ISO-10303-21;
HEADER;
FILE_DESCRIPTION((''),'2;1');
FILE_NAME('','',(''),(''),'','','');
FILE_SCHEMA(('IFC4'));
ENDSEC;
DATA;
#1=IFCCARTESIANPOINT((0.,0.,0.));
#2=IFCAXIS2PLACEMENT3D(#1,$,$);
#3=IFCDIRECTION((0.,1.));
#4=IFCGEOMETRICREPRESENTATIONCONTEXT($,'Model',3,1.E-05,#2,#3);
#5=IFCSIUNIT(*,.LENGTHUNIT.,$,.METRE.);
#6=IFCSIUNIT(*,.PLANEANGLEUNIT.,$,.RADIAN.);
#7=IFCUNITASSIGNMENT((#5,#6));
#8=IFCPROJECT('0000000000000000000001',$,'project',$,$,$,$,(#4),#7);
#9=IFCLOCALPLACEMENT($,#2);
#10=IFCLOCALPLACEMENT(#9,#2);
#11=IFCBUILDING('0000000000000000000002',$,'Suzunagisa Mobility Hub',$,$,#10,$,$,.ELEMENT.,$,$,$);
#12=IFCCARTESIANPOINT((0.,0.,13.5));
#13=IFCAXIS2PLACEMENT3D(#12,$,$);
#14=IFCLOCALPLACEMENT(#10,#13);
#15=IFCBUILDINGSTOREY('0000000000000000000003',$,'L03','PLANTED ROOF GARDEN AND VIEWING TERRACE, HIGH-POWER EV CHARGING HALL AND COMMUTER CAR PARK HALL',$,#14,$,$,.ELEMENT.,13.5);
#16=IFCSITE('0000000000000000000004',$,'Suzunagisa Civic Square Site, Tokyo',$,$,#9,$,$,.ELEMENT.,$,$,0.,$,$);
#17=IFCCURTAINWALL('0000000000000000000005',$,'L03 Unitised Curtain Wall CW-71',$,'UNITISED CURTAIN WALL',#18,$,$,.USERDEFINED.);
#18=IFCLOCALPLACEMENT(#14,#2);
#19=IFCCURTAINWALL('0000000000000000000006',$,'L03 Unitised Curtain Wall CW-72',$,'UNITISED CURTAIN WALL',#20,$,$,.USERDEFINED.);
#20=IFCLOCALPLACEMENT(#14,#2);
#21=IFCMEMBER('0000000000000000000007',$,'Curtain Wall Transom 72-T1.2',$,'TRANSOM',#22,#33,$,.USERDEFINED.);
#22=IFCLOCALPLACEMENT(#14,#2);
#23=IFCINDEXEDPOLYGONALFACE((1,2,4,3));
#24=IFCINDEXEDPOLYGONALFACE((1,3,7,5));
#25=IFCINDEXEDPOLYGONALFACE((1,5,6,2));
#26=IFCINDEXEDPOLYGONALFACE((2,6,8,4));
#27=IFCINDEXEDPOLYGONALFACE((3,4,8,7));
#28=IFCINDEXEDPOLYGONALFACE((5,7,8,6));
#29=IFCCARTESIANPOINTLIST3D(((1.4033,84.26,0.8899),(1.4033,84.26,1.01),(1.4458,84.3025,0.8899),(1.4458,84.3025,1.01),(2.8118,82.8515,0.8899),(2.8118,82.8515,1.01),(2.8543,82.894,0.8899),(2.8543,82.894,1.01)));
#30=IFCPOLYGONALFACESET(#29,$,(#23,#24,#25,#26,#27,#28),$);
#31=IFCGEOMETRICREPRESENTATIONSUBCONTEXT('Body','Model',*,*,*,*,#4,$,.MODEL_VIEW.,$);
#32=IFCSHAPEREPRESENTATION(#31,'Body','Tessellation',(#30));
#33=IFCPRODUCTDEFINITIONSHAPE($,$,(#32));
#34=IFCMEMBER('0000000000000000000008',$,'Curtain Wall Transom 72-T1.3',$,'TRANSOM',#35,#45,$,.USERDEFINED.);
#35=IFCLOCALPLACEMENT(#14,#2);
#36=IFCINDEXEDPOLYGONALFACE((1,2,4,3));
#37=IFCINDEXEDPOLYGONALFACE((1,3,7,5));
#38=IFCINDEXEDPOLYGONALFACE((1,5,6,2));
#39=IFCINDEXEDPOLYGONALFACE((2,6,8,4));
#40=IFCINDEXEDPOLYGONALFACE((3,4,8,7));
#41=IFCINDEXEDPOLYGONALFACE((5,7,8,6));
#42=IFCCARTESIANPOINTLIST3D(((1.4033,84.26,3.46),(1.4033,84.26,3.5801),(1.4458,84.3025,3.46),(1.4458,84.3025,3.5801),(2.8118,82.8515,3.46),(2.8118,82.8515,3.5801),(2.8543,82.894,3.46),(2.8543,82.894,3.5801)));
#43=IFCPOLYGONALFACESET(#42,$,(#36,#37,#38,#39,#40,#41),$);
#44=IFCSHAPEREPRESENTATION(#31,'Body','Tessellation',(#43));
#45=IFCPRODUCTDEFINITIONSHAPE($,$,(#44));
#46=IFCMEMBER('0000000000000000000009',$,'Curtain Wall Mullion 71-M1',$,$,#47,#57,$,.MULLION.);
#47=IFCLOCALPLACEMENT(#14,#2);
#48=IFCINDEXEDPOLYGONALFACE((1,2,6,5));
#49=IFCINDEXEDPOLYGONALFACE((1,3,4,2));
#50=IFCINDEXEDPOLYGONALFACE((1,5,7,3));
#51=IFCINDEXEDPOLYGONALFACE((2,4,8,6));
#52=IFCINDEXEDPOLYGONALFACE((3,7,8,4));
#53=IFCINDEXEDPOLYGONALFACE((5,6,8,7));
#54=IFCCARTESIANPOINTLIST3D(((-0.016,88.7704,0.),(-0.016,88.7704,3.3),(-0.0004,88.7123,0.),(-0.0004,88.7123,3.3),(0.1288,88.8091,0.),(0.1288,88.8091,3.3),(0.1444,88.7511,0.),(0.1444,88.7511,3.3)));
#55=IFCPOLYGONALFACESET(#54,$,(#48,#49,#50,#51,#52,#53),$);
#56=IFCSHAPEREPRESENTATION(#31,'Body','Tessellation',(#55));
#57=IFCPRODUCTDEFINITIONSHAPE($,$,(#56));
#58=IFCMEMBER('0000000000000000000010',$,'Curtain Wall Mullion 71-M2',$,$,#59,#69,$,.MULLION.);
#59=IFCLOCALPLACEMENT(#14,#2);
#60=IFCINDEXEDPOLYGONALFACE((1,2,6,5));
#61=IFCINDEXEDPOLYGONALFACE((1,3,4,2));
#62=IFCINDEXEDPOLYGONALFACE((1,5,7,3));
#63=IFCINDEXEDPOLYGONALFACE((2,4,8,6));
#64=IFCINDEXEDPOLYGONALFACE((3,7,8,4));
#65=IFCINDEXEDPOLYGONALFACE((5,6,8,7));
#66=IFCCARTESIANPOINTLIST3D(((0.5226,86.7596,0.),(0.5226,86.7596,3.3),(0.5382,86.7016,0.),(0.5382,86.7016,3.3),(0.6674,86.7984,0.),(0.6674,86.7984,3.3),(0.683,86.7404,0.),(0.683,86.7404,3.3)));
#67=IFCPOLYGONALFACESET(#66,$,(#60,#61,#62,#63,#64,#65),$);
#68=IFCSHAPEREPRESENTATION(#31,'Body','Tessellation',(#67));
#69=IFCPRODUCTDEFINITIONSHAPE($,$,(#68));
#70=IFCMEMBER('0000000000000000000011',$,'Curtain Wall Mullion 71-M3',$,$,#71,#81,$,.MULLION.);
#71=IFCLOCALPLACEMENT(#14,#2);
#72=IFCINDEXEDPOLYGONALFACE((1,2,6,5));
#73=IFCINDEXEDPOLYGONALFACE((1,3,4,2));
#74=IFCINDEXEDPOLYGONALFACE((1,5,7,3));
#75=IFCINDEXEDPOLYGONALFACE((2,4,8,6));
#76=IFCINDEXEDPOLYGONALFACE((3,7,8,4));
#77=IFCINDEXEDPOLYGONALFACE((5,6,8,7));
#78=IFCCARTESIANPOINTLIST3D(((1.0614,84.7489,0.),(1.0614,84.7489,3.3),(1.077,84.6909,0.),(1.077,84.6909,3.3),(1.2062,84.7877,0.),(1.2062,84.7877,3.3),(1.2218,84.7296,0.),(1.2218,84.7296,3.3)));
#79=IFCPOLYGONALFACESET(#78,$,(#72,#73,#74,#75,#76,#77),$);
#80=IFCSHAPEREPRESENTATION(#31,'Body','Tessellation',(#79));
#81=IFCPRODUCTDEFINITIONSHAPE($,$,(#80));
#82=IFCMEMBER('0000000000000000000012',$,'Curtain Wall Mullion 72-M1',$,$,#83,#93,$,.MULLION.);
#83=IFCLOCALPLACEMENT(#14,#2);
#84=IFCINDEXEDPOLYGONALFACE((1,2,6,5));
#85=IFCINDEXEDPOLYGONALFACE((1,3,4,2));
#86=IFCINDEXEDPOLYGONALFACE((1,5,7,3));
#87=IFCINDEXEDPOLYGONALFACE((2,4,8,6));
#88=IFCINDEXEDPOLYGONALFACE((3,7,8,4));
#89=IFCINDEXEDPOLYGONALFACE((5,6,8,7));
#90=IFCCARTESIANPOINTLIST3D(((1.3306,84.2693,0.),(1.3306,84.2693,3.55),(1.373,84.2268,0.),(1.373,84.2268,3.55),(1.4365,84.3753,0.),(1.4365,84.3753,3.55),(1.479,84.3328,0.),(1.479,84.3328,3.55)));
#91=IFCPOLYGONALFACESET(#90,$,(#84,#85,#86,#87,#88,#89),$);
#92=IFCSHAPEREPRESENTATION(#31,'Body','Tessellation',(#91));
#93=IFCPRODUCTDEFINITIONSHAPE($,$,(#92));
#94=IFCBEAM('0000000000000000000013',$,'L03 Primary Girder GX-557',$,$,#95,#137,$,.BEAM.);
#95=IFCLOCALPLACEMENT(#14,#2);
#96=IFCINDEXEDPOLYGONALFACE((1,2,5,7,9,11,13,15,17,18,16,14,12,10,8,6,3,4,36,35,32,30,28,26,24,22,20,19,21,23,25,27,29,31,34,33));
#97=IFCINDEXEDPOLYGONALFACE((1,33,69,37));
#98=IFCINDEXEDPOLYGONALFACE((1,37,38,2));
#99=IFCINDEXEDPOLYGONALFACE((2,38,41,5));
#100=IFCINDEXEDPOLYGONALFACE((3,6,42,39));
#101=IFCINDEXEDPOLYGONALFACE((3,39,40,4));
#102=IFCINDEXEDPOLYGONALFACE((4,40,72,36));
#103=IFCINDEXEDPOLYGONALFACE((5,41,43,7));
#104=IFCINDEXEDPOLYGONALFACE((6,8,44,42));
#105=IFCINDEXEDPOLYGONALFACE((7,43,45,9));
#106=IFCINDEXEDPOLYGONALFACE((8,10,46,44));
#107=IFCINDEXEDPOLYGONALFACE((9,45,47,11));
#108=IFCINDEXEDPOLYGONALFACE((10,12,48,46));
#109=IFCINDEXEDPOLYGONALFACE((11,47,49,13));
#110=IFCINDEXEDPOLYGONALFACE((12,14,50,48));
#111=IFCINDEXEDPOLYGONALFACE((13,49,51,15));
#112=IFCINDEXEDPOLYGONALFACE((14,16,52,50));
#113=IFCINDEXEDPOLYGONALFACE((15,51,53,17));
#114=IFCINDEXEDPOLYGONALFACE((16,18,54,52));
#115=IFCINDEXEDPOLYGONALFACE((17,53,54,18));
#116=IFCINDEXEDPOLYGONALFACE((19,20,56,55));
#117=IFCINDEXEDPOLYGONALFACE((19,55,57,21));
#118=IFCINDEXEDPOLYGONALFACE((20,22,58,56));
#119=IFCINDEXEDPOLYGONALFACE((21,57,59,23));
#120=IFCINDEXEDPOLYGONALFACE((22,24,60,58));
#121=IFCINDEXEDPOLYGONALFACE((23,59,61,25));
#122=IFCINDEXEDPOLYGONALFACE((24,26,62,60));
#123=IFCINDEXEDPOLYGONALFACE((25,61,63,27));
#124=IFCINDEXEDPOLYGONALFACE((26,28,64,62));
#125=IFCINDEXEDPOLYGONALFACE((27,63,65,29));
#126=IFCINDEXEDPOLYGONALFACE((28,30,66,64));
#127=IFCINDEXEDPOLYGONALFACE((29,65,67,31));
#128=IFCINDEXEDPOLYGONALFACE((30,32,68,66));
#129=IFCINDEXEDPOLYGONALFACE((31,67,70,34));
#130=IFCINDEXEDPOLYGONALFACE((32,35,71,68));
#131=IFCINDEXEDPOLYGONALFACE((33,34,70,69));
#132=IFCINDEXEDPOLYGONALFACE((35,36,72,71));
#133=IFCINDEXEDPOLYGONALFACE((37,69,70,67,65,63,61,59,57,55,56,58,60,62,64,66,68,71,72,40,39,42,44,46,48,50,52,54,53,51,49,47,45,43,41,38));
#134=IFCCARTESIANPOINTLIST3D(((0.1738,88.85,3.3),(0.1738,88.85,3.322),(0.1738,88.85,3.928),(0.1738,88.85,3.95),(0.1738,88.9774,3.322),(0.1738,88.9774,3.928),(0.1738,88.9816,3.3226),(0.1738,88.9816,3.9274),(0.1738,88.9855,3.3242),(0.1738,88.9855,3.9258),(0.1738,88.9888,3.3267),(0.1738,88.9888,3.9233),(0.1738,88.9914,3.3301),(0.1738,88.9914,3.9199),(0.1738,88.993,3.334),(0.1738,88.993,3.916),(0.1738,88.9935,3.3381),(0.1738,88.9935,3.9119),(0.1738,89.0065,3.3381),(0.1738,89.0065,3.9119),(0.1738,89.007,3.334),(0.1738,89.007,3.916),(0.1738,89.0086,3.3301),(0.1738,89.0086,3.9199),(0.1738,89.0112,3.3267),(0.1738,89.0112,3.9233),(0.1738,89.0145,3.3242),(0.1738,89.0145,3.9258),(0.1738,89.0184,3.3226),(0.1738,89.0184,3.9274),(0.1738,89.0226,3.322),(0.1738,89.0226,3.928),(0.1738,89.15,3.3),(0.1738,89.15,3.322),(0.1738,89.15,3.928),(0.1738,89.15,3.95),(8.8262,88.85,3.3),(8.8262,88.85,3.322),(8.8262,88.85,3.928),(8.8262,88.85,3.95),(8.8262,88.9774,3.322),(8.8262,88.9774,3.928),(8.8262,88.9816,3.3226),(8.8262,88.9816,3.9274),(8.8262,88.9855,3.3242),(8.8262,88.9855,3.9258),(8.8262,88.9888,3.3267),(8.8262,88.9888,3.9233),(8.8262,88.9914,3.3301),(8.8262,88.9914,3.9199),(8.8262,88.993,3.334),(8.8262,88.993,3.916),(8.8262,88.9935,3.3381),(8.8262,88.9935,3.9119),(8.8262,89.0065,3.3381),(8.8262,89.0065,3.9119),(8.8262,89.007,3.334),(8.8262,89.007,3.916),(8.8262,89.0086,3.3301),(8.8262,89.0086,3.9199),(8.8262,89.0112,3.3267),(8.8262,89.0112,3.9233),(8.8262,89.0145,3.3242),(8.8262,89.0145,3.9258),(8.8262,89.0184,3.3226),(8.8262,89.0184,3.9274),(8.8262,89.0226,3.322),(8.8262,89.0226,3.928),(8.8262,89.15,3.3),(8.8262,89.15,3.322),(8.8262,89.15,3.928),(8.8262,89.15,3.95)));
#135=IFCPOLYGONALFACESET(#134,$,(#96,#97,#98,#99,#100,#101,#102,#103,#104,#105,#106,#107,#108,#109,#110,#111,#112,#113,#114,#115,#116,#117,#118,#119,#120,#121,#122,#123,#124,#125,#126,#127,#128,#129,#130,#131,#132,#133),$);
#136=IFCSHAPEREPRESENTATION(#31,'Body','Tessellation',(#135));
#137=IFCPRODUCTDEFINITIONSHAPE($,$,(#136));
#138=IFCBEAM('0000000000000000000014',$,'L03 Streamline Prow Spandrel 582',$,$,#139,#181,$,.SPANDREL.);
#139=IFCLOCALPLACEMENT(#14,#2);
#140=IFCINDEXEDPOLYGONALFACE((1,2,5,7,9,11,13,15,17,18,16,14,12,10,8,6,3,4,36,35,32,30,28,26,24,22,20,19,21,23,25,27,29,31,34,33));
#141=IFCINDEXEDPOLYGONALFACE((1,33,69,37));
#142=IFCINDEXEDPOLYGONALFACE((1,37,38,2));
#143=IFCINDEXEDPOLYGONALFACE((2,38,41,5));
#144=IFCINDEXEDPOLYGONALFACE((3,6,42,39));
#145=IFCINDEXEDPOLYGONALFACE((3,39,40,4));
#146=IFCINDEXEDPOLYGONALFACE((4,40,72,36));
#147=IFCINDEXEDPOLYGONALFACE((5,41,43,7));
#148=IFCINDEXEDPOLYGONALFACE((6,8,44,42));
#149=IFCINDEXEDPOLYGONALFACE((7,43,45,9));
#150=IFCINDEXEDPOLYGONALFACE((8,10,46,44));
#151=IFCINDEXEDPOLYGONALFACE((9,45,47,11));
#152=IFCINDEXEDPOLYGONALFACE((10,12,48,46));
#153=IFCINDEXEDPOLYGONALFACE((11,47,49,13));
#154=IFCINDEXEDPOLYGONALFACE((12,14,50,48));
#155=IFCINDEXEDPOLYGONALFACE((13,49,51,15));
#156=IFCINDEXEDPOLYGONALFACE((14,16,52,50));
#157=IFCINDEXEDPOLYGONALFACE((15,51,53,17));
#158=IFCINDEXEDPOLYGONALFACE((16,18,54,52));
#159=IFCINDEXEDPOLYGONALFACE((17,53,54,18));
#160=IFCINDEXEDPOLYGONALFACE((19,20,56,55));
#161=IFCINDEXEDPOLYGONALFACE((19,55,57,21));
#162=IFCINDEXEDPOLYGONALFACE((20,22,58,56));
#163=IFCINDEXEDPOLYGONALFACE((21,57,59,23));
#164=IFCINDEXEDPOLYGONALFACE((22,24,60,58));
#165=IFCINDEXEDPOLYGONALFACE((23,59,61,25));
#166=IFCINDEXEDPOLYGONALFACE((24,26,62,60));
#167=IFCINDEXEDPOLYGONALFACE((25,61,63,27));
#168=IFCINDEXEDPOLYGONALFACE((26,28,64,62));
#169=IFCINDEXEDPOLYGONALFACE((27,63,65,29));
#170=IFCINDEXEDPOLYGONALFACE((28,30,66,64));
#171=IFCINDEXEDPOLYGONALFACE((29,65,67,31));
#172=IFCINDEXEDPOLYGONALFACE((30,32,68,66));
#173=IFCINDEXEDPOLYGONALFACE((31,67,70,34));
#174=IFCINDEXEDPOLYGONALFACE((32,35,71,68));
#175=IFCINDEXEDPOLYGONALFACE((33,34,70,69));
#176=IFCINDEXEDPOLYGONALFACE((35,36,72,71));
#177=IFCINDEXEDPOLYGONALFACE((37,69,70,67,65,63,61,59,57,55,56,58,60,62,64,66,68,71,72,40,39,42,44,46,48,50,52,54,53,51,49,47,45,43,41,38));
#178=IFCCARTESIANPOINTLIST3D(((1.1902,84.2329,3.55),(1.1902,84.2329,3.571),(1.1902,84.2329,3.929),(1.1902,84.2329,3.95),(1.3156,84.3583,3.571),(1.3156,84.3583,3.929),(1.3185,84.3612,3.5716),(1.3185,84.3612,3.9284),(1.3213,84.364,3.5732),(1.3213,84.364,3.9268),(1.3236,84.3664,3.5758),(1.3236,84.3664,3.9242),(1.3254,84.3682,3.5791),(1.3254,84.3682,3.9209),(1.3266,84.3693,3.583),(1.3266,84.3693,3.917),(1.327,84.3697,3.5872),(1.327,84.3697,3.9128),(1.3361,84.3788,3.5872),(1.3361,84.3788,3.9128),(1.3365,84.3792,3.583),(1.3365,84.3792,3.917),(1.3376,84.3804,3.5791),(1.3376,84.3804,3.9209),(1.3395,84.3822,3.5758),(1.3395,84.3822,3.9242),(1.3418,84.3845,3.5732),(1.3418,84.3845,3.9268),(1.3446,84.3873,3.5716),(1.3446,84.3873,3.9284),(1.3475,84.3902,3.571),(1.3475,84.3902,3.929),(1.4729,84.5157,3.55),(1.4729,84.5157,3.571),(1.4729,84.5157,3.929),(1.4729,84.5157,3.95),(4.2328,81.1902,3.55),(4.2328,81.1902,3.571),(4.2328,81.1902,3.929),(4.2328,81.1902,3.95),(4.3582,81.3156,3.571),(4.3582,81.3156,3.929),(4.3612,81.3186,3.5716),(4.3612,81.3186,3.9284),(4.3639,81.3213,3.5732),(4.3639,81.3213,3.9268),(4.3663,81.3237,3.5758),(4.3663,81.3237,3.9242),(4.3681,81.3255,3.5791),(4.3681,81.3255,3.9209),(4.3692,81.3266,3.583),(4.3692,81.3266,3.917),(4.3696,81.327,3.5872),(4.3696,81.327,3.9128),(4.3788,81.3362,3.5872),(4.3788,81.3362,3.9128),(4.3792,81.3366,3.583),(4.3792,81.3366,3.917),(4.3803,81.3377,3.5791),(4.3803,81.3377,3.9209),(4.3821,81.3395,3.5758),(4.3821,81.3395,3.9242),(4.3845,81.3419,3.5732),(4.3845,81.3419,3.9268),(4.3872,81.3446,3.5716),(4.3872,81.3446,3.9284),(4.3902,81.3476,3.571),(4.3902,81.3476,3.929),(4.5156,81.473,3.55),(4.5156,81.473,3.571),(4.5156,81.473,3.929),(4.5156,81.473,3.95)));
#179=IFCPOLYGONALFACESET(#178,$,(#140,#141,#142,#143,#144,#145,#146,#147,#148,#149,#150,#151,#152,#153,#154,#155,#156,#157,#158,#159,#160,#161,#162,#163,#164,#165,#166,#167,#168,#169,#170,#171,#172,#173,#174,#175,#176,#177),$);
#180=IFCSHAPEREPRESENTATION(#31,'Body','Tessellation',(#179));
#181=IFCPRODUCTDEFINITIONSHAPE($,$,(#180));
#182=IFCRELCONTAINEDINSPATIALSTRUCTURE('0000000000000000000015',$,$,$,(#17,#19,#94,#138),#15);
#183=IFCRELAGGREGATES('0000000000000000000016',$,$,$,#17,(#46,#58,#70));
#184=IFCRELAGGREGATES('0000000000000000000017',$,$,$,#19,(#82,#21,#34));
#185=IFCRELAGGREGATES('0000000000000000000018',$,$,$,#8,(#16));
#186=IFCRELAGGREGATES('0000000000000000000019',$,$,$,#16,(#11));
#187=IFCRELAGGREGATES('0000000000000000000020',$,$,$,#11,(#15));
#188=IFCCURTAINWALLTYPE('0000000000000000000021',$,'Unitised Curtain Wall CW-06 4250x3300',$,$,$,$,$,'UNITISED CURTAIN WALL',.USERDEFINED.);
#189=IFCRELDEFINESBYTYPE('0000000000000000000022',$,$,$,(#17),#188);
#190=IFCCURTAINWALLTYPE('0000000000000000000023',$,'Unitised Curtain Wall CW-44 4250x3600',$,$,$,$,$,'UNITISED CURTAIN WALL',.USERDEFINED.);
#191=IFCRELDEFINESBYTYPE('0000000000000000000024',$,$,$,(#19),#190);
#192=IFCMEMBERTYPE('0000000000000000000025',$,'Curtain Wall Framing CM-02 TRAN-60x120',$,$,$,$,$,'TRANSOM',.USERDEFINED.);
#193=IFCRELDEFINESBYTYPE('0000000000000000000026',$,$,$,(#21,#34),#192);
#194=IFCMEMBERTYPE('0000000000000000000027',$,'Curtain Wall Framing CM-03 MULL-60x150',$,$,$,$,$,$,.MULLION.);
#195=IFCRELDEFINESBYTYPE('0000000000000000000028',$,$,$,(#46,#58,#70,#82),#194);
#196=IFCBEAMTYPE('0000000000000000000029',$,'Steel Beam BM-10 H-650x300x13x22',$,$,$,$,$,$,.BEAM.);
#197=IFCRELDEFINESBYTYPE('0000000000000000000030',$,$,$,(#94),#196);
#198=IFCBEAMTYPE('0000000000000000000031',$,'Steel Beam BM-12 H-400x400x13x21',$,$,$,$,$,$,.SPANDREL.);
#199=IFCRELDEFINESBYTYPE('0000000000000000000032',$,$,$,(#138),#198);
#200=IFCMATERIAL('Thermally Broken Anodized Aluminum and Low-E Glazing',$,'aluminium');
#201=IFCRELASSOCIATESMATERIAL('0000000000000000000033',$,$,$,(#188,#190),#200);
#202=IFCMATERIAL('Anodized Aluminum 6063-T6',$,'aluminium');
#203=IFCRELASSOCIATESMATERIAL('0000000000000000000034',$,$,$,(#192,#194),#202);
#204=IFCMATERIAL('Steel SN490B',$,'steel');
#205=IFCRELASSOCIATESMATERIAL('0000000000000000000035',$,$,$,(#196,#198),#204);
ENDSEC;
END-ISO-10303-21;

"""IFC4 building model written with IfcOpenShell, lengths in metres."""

from ifc_helpers import new_model, si_unit, direction, frame, origin, origin_2d, place, context, subcontext, project, spatial, rectangle, i_section, extrude, material, material_profile, profile_set, type_object, element, aggregate, save


model = new_model("IFC4")

# Units and contexts
model_context = context("Model", 3, precision=1e-05, world=origin(), true_north=direction((0.0, 1.0)))
body_context = subcontext(model_context, "Body", "Model", "MODEL_VIEW")
ifc_project = project(units=[si_unit("LENGTHUNIT", "METRE"), si_unit("PLANEANGLEUNIT", "RADIAN")], contexts=[model_context])

# Site, building, storey
site_placement = place(None, origin())
site = spatial("IfcSite", under=ifc_project, at=site_placement, Name="Suzunagisa Civic Square Site, Tokyo", CompositionType="ELEMENT", RefElevation=0.0)
building_placement = place(site_placement, origin())
building = spatial("IfcBuilding", under=site, at=building_placement, Name="Suzunagisa Mobility Hub", CompositionType="ELEMENT")
storey_placement = place(building_placement, frame((0.0, 0.0, 13.5)))
storey = spatial("IfcBuildingStorey", under=building, at=storey_placement, Name="L03", Description="PLANTED ROOF GARDEN AND VIEWING TERRACE, HIGH-POWER EV CHARGING HALL AND COMMUTER CAR PARK HALL", CompositionType="ELEMENT", Elevation=13.5)

# Shared definitions
ifc_material_1 = material(Name="Steel SN490B", Category="steel")

# Curtain walls, members
ifc_material_2 = material(Name="Thermally Broken Anodized Aluminum and Low-E Glazing", Category="aluminium")
curtain_wall_type_1 = type_object("IfcCurtainWallType", Name="Unitised Curtain Wall CW-06 4250x3300", ElementType="UNITISED CURTAIN WALL", PredefinedType="USERDEFINED", material=ifc_material_2)
curtain_wall_1_placement = place(storey_placement, origin())
curtain_wall_1 = element("IfcCurtainWall", 1, at=curtain_wall_1_placement, inside=storey, type_object=curtain_wall_type_1, Name="L03 Unitised Curtain Wall CW-71", ObjectType="UNITISED CURTAIN WALL", PredefinedType="USERDEFINED")
ifc_material_3 = material(Name="Anodized Aluminum 6063-T6", Category="aluminium")
ifc_material_profile_1 = material_profile(ifc_material_3, rectangle(XDim=0.0601, YDim=0.1201, at=origin_2d()), Name="TRAN-60x120")
ifc_profile_set_1 = profile_set([ifc_material_profile_1], Name="Anodized Aluminum 6063-T6")
member_type_1 = type_object("IfcMemberType", Name="Curtain Wall Framing CM-02 TRAN-60x120", ElementType="TRANSOM", PredefinedType="USERDEFINED", material=ifc_profile_set_1)
curtain_wall_type_2 = type_object("IfcCurtainWallType", Name="Unitised Curtain Wall CW-44 4250x3600", ElementType="UNITISED CURTAIN WALL", PredefinedType="USERDEFINED", material=ifc_material_2)
curtain_wall_2_placement = place(storey_placement, origin())
curtain_wall_2 = element("IfcCurtainWall", 2, at=curtain_wall_2_placement, inside=storey, type_object=curtain_wall_type_2, Name="L03 Unitised Curtain Wall CW-72", ObjectType="UNITISED CURTAIN WALL", PredefinedType="USERDEFINED")
member_1_placement = place(storey_placement, frame((1.4246, 84.2812, 0.95), z_axis=(0.707107, -0.707107, 0.0), x_axis=(0.707107, 0.707107, 0.0)))
member_1 = element("IfcMember", 3, at=member_1_placement, type_object=member_type_1, Name="Curtain Wall Transom 72-T1.2", ObjectType="TRANSOM", PredefinedType="USERDEFINED", context=body_context, shape_type="SweptSolid", body=[
    extrude(rectangle(XDim=0.0601, YDim=0.1201, at=origin_2d()), origin(), (0.0, 0.0, 1.0), 1.9919),
])
member_2_placement = place(storey_placement, frame((1.4246, 84.2812, 3.52), z_axis=(0.707107, -0.707107, 0.0), x_axis=(0.707107, 0.707107, 0.0)))
member_2 = element("IfcMember", 4, at=member_2_placement, type_object=member_type_1, Name="Curtain Wall Transom 72-T1.3", ObjectType="TRANSOM", PredefinedType="USERDEFINED", context=body_context, shape_type="SweptSolid", body=[
    extrude(rectangle(XDim=0.0601, YDim=0.1201, at=origin_2d()), origin(), (0.0, 0.0, 1.0), 1.9919),
])

# Members
ifc_material_profile_2 = material_profile(ifc_material_3, rectangle(XDim=0.0601, YDim=0.1499, at=origin_2d()), Name="MULL-60x150")
ifc_profile_set_2 = profile_set([ifc_material_profile_2], Name="Anodized Aluminum 6063-T6")
member_type_2 = type_object("IfcMemberType", Name="Curtain Wall Framing CM-03 MULL-60x150", PredefinedType="MULLION", material=ifc_profile_set_2)
member_3_placement = place(storey_placement, frame((0.0642, 88.7607, 0.0), z_axis=(0.0, 0.0, 1.0), x_axis=(0.258803, -0.96593, 0.0)))
member_3 = element("IfcMember", 5, at=member_3_placement, type_object=member_type_2, Name="Curtain Wall Mullion 71-M1", PredefinedType="MULLION", context=body_context, shape_type="SweptSolid", body=[
    extrude(rectangle(XDim=0.0601, YDim=0.1499, at=origin_2d()), origin(), (0.0, 0.0, 1.0), 3.3),
])
member_4_placement = place(storey_placement, frame((0.6028, 86.75, 0.0), z_axis=(0.0, 0.0, 1.0), x_axis=(0.258803, -0.96593, 0.0)))
member_4 = element("IfcMember", 6, at=member_4_placement, type_object=member_type_2, Name="Curtain Wall Mullion 71-M2", PredefinedType="MULLION", context=body_context, shape_type="SweptSolid", body=[
    extrude(rectangle(XDim=0.0601, YDim=0.1499, at=origin_2d()), origin(), (0.0, 0.0, 1.0), 3.3),
])
member_5_placement = place(storey_placement, frame((1.1416, 84.7393, 0.0), z_axis=(0.0, 0.0, 1.0), x_axis=(0.258803, -0.96593, 0.0)))
member_5 = element("IfcMember", 7, at=member_5_placement, type_object=member_type_2, Name="Curtain Wall Mullion 71-M3", PredefinedType="MULLION", context=body_context, shape_type="SweptSolid", body=[
    extrude(rectangle(XDim=0.0601, YDim=0.1499, at=origin_2d()), origin(), (0.0, 0.0, 1.0), 3.3),
])
member_6_placement = place(storey_placement, frame((1.4048, 84.301, 0.0), z_axis=(0.0, 0.0, 1.0), x_axis=(0.707107, -0.707107, 0.0)))
member_6 = element("IfcMember", 8, at=member_6_placement, type_object=member_type_2, Name="Curtain Wall Mullion 72-M1", PredefinedType="MULLION", context=body_context, shape_type="SweptSolid", body=[
    extrude(rectangle(XDim=0.0601, YDim=0.1499, at=origin_2d()), origin(), (0.0, 0.0, 1.0), 3.55),
])

# Beams
ifc_material_profile_3 = material_profile(ifc_material_1, i_section(OverallWidth=0.3, OverallDepth=0.6499, WebThickness=0.0129, FlangeThickness=0.022, FilletRadius=0.0161, at=origin_2d()), Name="H-650x300x13x22")
ifc_profile_set_3 = profile_set([ifc_material_profile_3], Name="Steel SN490B")
beam_type_1 = type_object("IfcBeamType", Name="Steel Beam BM-10 H-650x300x13x22", PredefinedType="BEAM", material=ifc_profile_set_3)
beam_1_placement = place(storey_placement, frame((0.1738, 89.0, 3.625), z_axis=(1.0, 0.0, 0.0), x_axis=(0.0, 1.0, 0.0)))
element("IfcBeam", 9, at=beam_1_placement, inside=storey, type_object=beam_type_1, Name="L03 Primary Girder GX-557", PredefinedType="BEAM", context=body_context, shape_type="SweptSolid", body=[
    extrude(i_section(OverallWidth=0.3, OverallDepth=0.6499, WebThickness=0.0129, FlangeThickness=0.022, FilletRadius=0.0161, at=origin_2d()), origin(), (0.0, 0.0, 1.0), 8.6523),
])
ifc_material_profile_4 = material_profile(ifc_material_1, i_section(OverallWidth=0.3999, OverallDepth=0.3999, WebThickness=0.0129, FlangeThickness=0.021, FilletRadius=0.0161, at=origin_2d()), Name="H-400x400x13x21")
ifc_profile_set_4 = profile_set([ifc_material_profile_4], Name="Steel SN490B")
beam_type_2 = type_object("IfcBeamType", Name="Steel Beam BM-12 H-400x400x13x21", PredefinedType="SPANDREL", material=ifc_profile_set_4)
beam_2_placement = place(storey_placement, frame((1.3315, 84.3743, 3.75), z_axis=(0.707107, -0.707107, 0.0), x_axis=(0.707107, 0.707107, 0.0)))
element("IfcBeam", 10, at=beam_2_placement, inside=storey, type_object=beam_type_2, Name="L03 Streamline Prow Spandrel 582", PredefinedType="SPANDREL", context=body_context, shape_type="SweptSolid", body=[
    extrude(i_section(OverallWidth=0.3999, OverallDepth=0.3999, WebThickness=0.0129, FlangeThickness=0.021, FilletRadius=0.0161, at=origin_2d()), origin(), (0.0, 0.0, 1.0), 4.303),
])

aggregate(curtain_wall_1, [member_3, member_4, member_5])
aggregate(curtain_wall_2, [member_6, member_1, member_2])

save(model, "model.ifc")
